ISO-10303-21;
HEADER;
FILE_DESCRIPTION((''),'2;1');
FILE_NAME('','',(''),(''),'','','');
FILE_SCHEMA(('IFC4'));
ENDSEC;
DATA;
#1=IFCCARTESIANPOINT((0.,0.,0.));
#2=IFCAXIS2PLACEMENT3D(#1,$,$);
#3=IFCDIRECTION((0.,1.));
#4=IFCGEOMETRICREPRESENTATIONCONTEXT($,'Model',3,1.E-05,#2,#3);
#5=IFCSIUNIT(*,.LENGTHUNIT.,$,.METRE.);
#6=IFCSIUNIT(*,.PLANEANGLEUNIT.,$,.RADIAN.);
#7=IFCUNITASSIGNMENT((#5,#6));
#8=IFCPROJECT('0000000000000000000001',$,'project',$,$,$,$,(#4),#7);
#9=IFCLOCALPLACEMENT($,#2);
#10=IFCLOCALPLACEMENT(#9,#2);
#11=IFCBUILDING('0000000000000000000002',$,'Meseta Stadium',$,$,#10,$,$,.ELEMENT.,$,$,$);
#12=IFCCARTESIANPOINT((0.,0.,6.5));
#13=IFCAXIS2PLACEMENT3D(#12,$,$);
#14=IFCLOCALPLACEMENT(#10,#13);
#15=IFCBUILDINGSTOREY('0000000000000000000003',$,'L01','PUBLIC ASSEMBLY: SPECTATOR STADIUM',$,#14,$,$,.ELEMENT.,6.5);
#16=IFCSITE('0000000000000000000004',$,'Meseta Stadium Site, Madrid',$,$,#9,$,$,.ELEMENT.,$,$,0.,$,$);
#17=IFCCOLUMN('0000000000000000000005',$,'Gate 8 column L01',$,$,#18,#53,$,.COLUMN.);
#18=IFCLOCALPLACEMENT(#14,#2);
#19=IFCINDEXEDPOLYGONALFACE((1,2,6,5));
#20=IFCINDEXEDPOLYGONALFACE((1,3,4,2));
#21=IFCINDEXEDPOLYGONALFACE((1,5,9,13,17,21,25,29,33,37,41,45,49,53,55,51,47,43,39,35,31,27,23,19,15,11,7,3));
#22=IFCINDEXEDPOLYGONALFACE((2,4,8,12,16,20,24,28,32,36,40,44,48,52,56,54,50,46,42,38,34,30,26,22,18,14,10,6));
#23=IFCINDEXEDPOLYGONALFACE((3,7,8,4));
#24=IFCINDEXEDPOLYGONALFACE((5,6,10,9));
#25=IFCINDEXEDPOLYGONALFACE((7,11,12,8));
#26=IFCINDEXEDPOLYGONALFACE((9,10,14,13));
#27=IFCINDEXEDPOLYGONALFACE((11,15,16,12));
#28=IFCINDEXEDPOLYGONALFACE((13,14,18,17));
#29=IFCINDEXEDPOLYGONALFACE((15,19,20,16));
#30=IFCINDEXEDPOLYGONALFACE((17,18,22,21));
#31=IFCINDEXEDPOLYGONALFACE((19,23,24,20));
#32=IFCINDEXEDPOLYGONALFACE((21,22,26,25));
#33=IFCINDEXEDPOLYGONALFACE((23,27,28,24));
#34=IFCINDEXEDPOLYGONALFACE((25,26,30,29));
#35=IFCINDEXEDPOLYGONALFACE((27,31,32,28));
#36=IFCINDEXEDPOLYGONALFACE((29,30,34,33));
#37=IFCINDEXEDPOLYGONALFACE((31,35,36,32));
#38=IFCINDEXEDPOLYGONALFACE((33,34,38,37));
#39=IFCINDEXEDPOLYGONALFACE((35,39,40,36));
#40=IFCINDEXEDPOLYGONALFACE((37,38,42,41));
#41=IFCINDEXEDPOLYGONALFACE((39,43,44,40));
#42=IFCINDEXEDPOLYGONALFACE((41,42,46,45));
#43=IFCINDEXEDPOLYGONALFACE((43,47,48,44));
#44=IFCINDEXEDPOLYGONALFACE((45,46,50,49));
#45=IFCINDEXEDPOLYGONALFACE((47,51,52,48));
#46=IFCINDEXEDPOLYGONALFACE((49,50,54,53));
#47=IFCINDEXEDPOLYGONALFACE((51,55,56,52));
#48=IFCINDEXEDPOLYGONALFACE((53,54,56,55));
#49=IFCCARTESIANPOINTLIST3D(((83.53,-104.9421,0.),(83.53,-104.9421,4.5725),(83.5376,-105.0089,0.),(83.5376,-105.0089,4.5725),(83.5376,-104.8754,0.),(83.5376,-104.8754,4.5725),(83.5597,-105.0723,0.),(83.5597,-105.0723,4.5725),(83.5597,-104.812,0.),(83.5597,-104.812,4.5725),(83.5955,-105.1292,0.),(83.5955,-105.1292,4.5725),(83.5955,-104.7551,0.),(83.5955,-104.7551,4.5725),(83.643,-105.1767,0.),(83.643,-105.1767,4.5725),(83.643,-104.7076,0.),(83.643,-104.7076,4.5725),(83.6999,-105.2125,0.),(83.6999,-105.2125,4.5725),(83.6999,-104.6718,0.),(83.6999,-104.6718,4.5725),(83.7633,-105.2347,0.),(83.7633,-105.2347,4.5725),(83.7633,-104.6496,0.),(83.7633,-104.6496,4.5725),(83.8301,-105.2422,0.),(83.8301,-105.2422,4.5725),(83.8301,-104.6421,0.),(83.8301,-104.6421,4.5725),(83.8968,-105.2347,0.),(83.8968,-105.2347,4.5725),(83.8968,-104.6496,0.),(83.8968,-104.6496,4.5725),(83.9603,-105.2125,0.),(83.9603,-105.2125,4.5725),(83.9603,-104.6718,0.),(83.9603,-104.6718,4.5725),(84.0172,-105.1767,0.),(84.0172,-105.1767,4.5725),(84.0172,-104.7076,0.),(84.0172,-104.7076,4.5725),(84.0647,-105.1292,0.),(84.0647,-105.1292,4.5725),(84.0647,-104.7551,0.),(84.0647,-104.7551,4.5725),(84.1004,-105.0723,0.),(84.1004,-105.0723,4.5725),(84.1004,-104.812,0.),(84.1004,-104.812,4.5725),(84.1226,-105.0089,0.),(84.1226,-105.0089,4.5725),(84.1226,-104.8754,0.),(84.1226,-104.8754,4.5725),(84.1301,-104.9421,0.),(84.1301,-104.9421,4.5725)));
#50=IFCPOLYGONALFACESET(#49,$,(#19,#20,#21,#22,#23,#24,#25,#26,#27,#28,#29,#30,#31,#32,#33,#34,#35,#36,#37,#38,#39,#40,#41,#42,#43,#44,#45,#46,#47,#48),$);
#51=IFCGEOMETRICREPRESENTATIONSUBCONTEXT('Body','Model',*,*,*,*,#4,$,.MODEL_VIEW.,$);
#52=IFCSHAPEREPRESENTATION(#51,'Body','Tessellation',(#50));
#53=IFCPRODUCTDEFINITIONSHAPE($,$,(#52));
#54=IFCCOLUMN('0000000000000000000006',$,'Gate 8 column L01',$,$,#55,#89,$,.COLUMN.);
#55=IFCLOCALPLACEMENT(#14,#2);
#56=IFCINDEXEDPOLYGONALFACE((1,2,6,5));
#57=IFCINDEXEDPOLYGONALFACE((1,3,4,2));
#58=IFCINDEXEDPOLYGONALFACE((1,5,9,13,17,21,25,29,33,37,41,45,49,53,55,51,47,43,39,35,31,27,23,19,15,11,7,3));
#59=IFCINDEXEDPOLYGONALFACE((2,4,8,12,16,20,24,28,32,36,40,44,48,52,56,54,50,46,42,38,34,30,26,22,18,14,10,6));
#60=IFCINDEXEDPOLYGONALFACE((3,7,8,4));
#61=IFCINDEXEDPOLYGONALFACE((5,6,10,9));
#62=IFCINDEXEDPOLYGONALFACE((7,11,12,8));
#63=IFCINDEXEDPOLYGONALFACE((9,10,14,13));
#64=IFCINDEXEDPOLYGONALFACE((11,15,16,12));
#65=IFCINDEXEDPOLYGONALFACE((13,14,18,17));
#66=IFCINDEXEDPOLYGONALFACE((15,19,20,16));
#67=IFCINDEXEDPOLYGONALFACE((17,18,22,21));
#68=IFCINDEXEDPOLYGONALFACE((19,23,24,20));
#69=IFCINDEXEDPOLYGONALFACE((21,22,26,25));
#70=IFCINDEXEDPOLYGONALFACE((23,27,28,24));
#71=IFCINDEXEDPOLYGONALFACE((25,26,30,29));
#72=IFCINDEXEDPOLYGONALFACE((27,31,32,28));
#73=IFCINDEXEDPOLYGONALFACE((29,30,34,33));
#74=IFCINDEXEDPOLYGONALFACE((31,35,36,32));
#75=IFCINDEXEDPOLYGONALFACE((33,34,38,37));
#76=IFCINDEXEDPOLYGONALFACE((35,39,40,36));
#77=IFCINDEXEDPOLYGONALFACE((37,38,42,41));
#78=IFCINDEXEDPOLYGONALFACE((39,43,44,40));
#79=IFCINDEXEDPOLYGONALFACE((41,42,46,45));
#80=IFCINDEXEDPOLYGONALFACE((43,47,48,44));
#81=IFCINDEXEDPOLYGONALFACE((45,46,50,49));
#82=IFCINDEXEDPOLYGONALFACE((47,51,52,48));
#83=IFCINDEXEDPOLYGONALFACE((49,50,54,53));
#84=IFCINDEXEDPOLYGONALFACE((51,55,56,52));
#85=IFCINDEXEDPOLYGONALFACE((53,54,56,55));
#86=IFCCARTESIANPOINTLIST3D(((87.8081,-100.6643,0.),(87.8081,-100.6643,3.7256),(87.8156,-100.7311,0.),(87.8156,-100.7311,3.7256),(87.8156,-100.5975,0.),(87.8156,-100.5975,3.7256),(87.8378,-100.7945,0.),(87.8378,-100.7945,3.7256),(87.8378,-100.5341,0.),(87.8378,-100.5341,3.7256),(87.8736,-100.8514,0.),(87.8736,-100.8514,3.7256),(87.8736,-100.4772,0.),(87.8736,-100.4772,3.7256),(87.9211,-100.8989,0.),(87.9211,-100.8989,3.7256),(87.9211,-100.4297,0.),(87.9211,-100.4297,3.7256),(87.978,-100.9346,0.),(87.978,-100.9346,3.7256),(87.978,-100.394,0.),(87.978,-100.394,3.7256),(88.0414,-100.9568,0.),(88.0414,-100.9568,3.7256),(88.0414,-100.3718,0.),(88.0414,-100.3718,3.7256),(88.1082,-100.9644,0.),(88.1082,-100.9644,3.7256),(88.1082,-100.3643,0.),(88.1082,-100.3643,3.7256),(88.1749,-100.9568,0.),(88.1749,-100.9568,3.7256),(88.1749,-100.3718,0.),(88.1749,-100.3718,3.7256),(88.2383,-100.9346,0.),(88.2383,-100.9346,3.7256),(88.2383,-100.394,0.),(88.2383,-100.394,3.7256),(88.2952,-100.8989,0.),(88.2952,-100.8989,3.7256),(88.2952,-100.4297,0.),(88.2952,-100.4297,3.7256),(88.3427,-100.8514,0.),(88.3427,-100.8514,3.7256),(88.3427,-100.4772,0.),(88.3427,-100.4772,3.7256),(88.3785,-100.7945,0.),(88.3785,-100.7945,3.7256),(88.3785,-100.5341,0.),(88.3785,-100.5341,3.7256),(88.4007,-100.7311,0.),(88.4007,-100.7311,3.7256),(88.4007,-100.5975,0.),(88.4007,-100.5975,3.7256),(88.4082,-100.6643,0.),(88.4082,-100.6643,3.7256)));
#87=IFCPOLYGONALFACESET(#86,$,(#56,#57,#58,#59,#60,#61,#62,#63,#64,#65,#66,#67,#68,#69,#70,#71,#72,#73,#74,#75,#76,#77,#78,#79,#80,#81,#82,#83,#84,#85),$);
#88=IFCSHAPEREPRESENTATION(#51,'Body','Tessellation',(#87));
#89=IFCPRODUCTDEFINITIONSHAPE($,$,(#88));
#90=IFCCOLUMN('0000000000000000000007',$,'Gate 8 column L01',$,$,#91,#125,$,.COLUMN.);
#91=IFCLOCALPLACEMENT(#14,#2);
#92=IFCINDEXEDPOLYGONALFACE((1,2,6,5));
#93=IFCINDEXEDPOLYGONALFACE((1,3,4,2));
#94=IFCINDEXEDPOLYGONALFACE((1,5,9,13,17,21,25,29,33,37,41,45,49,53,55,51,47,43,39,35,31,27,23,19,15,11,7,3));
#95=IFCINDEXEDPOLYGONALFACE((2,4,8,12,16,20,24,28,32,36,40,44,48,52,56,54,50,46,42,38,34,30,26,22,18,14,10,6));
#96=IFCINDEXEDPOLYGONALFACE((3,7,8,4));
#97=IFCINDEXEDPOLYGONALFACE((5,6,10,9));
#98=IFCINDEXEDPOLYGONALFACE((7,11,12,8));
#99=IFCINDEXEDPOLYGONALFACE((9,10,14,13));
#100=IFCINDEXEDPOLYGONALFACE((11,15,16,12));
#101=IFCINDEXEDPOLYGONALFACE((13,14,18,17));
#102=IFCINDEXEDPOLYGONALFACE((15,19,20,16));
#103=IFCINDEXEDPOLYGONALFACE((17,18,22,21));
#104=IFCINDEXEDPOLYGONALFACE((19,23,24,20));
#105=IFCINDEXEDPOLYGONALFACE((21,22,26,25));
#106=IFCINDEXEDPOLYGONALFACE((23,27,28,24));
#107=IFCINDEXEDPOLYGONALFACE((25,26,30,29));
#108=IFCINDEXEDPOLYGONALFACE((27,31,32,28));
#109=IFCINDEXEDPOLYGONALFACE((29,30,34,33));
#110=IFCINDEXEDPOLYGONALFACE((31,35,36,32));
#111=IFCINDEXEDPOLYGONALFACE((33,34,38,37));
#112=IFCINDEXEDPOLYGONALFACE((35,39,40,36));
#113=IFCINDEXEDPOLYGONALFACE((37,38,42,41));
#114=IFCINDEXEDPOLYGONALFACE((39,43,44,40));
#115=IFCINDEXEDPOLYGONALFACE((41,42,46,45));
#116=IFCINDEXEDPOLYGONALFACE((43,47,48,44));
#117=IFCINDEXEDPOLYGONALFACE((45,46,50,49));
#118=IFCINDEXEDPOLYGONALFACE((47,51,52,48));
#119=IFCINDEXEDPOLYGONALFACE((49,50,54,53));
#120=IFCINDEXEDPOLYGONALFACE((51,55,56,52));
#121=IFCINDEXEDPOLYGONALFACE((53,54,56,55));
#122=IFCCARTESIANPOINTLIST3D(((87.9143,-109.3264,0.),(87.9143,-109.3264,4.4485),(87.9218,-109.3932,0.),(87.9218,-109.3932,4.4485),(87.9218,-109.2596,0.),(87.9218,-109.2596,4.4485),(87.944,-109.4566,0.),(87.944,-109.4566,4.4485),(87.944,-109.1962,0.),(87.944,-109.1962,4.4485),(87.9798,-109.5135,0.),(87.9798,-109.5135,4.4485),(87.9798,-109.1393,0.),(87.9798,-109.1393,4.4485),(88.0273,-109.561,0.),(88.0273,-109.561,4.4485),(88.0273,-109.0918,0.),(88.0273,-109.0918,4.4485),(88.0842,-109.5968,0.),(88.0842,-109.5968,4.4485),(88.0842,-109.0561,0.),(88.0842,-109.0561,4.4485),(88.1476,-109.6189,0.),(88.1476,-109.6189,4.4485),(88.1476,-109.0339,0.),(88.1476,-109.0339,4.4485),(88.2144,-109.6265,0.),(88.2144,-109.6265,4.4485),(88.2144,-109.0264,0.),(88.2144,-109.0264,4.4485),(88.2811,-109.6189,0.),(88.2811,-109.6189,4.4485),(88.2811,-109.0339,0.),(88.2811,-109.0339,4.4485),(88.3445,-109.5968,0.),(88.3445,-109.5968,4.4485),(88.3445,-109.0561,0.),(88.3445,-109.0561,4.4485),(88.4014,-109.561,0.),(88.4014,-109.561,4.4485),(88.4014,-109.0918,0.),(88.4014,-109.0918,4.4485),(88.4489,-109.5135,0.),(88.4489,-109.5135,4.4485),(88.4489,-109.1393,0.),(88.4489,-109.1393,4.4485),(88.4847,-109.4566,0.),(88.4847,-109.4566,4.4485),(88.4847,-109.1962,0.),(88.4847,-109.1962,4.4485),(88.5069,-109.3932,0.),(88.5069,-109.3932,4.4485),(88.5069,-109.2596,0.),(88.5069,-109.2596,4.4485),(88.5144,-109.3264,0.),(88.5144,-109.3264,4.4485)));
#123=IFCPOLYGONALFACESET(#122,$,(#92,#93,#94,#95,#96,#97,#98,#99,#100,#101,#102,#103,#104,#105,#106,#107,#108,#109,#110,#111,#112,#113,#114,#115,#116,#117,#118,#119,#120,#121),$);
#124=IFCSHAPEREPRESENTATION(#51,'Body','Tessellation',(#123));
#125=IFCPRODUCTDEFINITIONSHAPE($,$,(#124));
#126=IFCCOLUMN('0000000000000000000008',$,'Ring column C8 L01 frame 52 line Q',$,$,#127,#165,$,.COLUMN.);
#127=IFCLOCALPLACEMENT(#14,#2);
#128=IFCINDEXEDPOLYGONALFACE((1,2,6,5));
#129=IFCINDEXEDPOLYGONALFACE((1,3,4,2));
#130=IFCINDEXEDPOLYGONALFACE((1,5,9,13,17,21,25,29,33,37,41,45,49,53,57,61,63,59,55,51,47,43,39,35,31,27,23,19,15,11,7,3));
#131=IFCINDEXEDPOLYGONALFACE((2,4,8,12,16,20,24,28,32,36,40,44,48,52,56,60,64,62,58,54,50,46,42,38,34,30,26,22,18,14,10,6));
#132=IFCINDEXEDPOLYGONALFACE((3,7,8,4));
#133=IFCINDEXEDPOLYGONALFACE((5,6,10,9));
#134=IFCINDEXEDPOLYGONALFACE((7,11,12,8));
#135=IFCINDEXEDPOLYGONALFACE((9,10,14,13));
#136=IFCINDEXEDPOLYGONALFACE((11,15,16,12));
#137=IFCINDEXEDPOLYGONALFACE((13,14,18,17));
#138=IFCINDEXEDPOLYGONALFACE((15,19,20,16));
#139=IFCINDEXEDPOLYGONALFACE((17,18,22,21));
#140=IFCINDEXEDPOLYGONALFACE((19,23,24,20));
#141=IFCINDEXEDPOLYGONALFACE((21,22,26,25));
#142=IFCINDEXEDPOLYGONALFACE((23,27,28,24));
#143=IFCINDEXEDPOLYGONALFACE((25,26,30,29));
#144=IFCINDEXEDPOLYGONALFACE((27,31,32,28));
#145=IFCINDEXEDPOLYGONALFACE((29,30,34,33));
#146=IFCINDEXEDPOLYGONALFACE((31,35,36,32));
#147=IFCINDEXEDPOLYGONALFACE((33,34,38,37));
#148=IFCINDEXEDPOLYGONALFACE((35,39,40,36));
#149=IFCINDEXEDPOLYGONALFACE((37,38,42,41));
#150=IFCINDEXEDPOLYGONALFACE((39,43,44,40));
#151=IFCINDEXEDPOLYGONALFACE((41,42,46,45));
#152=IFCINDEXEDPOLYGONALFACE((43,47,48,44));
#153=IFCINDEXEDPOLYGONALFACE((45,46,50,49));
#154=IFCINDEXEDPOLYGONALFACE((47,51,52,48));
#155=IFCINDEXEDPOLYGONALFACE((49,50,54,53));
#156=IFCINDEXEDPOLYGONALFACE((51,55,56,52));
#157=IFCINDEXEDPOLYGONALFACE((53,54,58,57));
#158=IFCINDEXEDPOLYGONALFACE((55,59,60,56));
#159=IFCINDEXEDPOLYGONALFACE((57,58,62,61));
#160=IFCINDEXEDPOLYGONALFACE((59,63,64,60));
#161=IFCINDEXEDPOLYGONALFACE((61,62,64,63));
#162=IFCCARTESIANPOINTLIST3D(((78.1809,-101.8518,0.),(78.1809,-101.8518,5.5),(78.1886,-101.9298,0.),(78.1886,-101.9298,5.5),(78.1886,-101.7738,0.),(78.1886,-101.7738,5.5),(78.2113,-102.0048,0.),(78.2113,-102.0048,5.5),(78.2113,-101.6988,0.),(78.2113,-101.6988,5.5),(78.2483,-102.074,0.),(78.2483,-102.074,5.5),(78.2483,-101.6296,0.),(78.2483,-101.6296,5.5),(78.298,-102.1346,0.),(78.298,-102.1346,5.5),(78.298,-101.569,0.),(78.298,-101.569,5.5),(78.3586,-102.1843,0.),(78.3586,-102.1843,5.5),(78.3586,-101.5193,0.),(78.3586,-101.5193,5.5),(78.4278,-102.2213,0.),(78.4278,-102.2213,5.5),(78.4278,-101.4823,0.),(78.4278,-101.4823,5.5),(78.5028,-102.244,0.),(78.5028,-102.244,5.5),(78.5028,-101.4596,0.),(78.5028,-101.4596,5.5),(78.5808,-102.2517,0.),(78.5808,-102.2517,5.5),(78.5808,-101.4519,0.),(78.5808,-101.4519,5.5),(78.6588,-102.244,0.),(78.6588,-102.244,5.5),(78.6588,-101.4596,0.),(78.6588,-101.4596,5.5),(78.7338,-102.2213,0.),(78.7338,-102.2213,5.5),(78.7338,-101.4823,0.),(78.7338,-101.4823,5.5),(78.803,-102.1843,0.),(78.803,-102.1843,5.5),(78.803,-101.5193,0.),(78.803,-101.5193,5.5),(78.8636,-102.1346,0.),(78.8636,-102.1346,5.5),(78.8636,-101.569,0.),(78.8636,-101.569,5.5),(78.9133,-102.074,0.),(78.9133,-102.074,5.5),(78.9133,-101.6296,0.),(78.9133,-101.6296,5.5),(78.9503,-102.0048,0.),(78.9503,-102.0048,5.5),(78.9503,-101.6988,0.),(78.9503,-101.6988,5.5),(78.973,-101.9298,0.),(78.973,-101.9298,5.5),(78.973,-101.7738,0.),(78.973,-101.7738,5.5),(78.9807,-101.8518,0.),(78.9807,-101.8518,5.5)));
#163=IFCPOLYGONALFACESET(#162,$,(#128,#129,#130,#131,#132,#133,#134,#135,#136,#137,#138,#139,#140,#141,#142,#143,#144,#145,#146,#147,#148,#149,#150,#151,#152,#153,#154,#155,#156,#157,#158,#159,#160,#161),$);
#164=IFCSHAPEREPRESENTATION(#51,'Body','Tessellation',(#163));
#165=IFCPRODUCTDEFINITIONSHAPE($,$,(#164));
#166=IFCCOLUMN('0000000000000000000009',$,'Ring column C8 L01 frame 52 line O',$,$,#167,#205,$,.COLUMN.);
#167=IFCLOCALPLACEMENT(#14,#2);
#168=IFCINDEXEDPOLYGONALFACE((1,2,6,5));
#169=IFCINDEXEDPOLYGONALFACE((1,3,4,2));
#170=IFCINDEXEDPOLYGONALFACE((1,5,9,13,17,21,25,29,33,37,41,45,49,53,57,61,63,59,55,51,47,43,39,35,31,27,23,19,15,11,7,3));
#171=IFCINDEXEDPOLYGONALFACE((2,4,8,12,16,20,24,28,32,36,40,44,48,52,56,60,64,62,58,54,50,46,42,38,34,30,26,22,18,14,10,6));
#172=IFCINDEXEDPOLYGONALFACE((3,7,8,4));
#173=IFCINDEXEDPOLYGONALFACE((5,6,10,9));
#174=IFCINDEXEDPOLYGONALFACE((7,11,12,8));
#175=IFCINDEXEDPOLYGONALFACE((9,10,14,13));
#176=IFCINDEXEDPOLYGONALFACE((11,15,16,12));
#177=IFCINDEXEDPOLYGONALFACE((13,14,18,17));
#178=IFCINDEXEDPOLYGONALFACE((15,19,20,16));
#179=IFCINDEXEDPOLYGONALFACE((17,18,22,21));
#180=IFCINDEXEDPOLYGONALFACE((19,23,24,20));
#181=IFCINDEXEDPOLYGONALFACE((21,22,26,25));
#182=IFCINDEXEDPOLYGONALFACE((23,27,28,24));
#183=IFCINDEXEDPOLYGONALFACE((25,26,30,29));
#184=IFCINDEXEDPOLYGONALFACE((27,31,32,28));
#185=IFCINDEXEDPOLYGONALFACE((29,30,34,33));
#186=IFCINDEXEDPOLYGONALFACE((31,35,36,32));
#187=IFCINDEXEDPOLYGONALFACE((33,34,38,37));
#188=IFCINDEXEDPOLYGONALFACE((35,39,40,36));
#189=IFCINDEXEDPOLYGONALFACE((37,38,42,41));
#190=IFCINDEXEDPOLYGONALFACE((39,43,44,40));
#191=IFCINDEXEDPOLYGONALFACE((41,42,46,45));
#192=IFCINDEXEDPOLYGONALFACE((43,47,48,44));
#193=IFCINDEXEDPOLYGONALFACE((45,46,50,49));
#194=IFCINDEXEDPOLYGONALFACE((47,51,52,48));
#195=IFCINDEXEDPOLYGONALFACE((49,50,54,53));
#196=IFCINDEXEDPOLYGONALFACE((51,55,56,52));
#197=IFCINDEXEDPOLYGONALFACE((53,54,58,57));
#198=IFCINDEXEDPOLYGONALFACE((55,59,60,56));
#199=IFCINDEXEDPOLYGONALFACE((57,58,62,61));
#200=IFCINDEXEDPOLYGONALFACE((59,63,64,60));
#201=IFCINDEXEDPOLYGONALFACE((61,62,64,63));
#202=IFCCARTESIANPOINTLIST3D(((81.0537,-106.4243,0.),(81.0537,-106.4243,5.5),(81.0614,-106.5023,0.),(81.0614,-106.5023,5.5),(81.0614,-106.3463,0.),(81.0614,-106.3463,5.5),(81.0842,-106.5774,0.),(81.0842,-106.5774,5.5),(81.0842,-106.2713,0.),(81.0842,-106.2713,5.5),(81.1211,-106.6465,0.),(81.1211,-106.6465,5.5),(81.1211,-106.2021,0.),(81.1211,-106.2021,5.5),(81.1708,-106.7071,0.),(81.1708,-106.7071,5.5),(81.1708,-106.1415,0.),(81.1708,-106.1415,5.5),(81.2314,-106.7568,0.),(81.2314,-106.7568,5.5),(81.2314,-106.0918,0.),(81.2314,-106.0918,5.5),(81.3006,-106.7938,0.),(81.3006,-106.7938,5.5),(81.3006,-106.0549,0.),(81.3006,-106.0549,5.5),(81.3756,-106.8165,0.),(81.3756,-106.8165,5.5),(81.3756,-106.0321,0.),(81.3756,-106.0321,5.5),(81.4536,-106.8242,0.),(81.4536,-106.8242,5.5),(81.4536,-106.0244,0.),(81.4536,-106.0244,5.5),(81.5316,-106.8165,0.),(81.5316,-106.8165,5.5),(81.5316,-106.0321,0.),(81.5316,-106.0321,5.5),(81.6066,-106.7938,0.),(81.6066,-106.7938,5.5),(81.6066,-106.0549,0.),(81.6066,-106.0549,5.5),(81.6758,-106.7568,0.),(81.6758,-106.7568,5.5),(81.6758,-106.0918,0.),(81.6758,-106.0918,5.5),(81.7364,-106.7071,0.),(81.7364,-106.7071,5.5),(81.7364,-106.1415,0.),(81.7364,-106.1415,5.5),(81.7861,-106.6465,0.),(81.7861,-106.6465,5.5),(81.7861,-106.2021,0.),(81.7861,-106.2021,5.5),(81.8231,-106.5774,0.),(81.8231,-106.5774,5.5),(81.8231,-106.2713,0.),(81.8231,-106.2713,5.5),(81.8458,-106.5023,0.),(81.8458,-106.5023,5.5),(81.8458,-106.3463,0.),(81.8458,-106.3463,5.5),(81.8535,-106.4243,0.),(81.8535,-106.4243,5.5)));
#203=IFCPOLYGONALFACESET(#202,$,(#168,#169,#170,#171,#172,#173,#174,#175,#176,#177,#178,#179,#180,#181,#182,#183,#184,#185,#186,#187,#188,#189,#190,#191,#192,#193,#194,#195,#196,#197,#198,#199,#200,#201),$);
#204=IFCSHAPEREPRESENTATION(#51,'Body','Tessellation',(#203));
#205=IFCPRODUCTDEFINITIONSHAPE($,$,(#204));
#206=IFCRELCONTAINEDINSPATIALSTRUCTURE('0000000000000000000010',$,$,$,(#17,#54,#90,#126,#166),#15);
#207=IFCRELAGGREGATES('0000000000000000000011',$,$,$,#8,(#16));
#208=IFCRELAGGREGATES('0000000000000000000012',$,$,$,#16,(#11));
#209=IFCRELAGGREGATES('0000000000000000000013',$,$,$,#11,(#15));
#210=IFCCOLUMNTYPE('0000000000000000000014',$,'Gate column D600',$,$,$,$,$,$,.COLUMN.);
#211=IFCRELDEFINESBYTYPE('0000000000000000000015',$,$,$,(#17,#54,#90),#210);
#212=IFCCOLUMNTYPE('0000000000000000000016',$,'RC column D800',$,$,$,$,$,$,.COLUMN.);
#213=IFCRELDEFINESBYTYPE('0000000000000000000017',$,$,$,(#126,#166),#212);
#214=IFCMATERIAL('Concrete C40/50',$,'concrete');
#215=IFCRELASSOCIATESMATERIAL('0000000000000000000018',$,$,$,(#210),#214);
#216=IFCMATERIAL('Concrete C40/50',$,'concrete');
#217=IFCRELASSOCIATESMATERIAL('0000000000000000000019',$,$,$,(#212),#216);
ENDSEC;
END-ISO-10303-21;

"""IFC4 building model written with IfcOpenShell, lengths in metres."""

from ifc_helpers import new_model, si_unit, direction, frame, origin, origin_2d, place, context, subcontext, project, spatial, circle, extrude, material, material_profile, profile_set, type_object, element, save


model = new_model("IFC4")

# Units and contexts
model_context = context("Model", 3, precision=1e-05, world=origin(), true_north=direction((0.0, 1.0)))
body_context = subcontext(model_context, "Body", "Model", "MODEL_VIEW")
ifc_project = project(units=[si_unit("LENGTHUNIT", "METRE"), si_unit("PLANEANGLEUNIT", "RADIAN")], contexts=[model_context])

# Site, building, storey
site_placement = place(None, origin())
site = spatial("IfcSite", under=ifc_project, at=site_placement, Name="Meseta Stadium Site, Madrid", CompositionType="ELEMENT", RefElevation=0.0)
building_placement = place(site_placement, origin())
building = spatial("IfcBuilding", under=site, at=building_placement, Name="Meseta Stadium", CompositionType="ELEMENT")
storey_placement = place(building_placement, frame((0.0, 0.0, 6.5)))
storey = spatial("IfcBuildingStorey", under=building, at=storey_placement, Name="L01", Description="PUBLIC ASSEMBLY: SPECTATOR STADIUM", CompositionType="ELEMENT", Elevation=6.5)

# Columns
ifc_material_1 = material(Name="Concrete C40/50", Category="concrete")
ifc_material_profile_1 = material_profile(ifc_material_1, circle(Radius=0.3, at=origin_2d()), Name="RC D600")
ifc_profile_set_1 = profile_set([ifc_material_profile_1], Name="Concrete C40/50")
column_type_1 = type_object("IfcColumnType", Name="Gate column D600", PredefinedType="COLUMN", material=ifc_profile_set_1)
column_1_placement = place(storey_placement, frame((83.8301, -104.9421, 0.0), z_axis=(0.0, 0.0, 1.0), x_axis=(1.0, 0.0, 0.0)))
element("IfcColumn", 1, at=column_1_placement, inside=storey, type_object=column_type_1, Name="Gate 8 column L01", PredefinedType="COLUMN", context=body_context, shape_type="SweptSolid", body=[
    extrude(circle(Radius=0.3, at=origin_2d()), origin(), (0.0, 0.0, 1.0), 4.5725),
])
column_2_placement = place(storey_placement, frame((88.1082, -100.6643, 0.0), z_axis=(0.0, 0.0, 1.0), x_axis=(1.0, 0.0, 0.0)))
element("IfcColumn", 2, at=column_2_placement, inside=storey, type_object=column_type_1, Name="Gate 8 column L01", PredefinedType="COLUMN", context=body_context, shape_type="SweptSolid", body=[
    extrude(circle(Radius=0.3, at=origin_2d()), origin(), (0.0, 0.0, 1.0), 3.7256),
])
column_3_placement = place(storey_placement, frame((88.2144, -109.3264, 0.0), z_axis=(0.0, 0.0, 1.0), x_axis=(1.0, 0.0, 0.0)))
element("IfcColumn", 3, at=column_3_placement, inside=storey, type_object=column_type_1, Name="Gate 8 column L01", PredefinedType="COLUMN", context=body_context, shape_type="SweptSolid", body=[
    extrude(circle(Radius=0.3, at=origin_2d()), origin(), (0.0, 0.0, 1.0), 4.4485),
])
ifc_material_2 = material(Name="Concrete C40/50", Category="concrete")
ifc_material_profile_2 = material_profile(ifc_material_2, circle(Radius=0.3999, at=origin_2d()), Name="RC D800")
ifc_profile_set_2 = profile_set([ifc_material_profile_2], Name="Concrete C40/50")
column_type_2 = type_object("IfcColumnType", Name="RC column D800", PredefinedType="COLUMN", material=ifc_profile_set_2)
for number, where, z_axis, x_axis, name in (
    (4, (78.5808, -101.8518, 0.0), (0.0, 0.0, 1.0), (1.0, 0.0, 0.0), "Ring column C8 L01 frame 52 line Q"),
    (5, (81.4536, -106.4243, 0.0), (0.0, 0.0, 1.0), (1.0, 0.0, 0.0), "Ring column C8 L01 frame 52 line O"),
):
    element("IfcColumn", number, at=place(storey_placement, frame(where, z_axis=z_axis, x_axis=x_axis)), inside=storey, type_object=column_type_2, Name=name, PredefinedType="COLUMN", context=body_context, shape_type="SweptSolid", body=[
        extrude(circle(Radius=0.3999, at=origin_2d()), origin(), (0.0, 0.0, 1.0), 5.5),
    ])

save(model, "model.ifc")
